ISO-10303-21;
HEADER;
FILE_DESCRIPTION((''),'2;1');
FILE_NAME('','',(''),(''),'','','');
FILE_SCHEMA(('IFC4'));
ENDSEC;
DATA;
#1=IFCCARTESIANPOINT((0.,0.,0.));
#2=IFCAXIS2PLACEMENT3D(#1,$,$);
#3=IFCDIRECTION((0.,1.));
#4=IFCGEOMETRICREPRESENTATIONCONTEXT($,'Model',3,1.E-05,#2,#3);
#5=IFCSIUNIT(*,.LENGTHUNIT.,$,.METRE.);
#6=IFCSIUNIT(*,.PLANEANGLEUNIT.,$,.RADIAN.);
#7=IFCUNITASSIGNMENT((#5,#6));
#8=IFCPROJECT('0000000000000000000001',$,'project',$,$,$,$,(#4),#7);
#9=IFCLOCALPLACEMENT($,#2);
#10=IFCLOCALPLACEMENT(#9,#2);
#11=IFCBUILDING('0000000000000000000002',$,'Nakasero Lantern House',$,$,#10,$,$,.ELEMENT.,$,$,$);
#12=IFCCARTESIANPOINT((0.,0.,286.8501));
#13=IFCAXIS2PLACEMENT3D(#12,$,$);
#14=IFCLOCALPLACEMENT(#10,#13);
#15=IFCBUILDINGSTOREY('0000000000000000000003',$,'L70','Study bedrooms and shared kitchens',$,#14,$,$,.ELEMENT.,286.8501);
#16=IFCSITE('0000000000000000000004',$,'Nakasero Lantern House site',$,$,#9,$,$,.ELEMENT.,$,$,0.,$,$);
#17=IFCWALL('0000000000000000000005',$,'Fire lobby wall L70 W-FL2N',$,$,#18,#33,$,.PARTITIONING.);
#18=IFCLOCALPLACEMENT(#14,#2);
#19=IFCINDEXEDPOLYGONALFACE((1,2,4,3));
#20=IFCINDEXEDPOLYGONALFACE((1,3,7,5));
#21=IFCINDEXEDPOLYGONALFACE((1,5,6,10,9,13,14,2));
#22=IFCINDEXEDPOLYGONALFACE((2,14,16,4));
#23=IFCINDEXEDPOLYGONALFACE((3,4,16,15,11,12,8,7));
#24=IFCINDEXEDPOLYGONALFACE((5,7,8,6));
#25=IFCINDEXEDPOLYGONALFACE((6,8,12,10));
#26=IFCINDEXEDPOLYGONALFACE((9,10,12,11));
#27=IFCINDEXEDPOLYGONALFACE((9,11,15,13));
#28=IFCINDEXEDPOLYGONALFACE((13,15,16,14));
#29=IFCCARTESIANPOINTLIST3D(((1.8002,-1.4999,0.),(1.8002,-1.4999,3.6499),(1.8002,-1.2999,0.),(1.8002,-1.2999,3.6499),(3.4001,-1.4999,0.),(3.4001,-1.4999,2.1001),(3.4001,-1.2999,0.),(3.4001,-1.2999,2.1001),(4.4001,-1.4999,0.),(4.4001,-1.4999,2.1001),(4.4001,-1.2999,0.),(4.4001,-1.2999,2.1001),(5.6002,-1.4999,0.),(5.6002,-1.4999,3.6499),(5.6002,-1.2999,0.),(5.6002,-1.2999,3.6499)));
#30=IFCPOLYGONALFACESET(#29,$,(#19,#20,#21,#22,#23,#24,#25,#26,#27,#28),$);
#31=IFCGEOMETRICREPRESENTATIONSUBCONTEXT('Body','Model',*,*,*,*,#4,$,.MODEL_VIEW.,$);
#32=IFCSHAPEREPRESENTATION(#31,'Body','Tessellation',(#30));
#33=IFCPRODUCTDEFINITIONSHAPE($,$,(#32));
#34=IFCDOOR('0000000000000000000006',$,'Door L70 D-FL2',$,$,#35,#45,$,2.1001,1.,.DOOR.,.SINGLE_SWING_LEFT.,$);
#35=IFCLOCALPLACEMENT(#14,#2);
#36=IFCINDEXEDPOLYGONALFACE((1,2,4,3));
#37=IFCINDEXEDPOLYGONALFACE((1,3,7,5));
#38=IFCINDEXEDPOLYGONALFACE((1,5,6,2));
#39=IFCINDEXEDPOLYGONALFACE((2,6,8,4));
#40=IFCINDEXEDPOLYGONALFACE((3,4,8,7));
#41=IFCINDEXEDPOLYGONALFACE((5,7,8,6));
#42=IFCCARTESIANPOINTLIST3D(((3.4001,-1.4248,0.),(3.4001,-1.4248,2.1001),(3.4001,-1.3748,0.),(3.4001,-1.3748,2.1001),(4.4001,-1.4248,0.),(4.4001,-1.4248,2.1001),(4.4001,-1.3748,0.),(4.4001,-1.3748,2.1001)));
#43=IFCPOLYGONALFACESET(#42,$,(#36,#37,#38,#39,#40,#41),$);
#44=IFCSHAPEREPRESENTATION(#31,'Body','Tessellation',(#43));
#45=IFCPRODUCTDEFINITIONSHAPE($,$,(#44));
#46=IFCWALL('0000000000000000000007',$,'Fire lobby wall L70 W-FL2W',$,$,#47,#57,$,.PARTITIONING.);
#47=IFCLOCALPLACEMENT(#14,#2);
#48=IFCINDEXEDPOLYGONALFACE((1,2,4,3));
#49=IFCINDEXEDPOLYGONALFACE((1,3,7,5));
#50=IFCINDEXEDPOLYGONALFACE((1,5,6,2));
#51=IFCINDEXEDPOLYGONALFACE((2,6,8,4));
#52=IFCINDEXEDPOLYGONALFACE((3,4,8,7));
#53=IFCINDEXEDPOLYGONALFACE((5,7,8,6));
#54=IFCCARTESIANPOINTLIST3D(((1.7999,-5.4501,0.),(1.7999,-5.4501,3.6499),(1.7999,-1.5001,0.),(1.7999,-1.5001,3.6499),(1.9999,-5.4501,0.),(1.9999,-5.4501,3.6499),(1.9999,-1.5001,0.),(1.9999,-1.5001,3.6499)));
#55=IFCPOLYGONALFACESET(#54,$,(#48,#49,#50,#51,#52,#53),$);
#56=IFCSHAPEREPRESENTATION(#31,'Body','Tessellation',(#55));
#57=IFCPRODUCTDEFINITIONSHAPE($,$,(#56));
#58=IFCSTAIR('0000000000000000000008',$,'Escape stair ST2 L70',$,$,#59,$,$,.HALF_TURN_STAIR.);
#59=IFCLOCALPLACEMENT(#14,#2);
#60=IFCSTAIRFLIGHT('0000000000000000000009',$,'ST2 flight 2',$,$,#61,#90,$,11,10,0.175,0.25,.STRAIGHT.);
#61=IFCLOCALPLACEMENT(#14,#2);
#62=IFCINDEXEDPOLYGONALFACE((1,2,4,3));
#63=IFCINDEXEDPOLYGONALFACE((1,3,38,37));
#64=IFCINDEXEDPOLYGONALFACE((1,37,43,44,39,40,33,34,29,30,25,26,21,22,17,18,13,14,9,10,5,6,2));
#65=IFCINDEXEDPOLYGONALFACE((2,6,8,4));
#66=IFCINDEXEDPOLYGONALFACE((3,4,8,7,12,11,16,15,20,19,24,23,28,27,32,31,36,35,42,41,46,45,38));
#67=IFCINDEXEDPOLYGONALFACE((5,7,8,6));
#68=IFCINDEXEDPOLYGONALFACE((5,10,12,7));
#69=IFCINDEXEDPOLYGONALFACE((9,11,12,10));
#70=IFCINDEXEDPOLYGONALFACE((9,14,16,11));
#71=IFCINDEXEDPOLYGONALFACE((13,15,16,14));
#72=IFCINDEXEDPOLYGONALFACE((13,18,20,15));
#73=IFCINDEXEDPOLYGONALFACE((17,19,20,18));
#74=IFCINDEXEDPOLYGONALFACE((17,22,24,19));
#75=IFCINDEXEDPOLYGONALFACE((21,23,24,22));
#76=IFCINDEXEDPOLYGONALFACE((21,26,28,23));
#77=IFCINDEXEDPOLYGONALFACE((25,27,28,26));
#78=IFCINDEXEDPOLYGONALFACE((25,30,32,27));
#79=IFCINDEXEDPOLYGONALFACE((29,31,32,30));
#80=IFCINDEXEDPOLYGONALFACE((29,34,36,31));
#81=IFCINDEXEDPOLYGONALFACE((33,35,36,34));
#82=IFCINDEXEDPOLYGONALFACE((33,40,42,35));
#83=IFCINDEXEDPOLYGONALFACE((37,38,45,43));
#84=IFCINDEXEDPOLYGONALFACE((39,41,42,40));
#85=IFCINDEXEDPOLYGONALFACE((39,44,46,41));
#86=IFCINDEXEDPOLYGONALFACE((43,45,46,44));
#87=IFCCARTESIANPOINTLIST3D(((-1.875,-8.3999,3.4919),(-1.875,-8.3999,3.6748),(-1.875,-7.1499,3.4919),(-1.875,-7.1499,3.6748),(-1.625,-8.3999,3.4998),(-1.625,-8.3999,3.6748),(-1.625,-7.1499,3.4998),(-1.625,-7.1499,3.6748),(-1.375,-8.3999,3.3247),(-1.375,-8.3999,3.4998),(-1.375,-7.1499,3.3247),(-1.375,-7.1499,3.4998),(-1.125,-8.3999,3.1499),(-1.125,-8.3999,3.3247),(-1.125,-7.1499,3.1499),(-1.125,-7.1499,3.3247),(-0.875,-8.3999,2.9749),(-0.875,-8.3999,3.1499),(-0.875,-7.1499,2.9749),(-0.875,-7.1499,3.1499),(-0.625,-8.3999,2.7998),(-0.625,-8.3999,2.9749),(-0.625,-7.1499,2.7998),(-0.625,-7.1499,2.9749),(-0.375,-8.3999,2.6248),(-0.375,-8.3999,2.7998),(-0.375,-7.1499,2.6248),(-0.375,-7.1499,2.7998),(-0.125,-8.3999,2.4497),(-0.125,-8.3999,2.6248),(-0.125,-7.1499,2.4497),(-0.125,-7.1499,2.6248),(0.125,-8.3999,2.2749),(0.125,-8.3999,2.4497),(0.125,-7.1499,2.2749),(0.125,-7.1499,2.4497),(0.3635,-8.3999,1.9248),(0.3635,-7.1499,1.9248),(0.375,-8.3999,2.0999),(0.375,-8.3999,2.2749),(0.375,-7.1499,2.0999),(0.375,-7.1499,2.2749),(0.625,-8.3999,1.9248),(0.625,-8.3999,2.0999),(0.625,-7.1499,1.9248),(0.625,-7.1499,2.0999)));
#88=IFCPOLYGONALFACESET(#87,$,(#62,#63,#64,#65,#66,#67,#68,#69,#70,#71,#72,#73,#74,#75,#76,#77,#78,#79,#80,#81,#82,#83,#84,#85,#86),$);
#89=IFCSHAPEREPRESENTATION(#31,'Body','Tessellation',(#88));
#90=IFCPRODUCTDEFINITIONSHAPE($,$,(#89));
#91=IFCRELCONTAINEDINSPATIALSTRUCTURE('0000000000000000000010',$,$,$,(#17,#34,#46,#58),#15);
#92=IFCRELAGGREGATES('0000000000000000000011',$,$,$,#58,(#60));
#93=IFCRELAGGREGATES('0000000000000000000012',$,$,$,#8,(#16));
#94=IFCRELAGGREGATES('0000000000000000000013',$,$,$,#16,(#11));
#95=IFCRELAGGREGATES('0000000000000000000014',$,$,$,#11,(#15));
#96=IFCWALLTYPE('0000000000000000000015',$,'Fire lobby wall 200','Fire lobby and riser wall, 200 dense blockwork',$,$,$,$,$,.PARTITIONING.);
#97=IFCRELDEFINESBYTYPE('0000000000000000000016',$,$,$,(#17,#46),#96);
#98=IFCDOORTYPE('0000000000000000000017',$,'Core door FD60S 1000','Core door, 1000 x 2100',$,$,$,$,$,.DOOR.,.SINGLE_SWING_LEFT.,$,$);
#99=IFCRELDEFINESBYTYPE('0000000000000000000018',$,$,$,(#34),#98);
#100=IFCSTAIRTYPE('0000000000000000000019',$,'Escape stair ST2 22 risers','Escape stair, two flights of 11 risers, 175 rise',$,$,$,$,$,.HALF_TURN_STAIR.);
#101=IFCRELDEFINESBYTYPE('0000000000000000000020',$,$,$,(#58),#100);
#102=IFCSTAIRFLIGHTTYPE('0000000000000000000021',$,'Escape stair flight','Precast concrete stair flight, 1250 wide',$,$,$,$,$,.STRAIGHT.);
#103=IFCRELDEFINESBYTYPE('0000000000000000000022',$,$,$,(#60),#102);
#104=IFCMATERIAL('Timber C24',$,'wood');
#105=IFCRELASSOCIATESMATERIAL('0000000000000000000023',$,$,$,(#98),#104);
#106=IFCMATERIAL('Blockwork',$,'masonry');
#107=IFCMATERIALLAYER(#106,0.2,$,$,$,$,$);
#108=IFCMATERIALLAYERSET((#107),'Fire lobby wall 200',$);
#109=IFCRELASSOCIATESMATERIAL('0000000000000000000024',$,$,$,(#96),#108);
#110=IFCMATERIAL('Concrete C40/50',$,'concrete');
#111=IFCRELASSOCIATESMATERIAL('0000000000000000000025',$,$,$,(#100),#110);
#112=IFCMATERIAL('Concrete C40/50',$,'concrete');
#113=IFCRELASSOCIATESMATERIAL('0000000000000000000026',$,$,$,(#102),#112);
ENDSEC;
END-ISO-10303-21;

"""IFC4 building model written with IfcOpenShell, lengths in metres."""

from ifc_helpers import new_model, si_unit, direction, frame, frame_2d, origin, place, context, subcontext, project, spatial, polyline, rectangle, outline, extrude, material, layer, layer_set, type_object, element, fill, aggregate, save


model = new_model("IFC4")

# Units and contexts
model_context = context("Model", 3, precision=1e-05, world=origin(), true_north=direction((0.0, 1.0)))
body_context = subcontext(model_context, "Body", "Model", "MODEL_VIEW")
ifc_project = project(units=[si_unit("LENGTHUNIT", "METRE"), si_unit("PLANEANGLEUNIT", "RADIAN")], contexts=[model_context])

# Site, building, storey
site_placement = place(None, origin())
site = spatial("IfcSite", under=ifc_project, at=site_placement, Name="Nakasero Lantern House site", CompositionType="ELEMENT", RefElevation=0.0)
building_placement = place(site_placement, origin())
building = spatial("IfcBuilding", under=site, at=building_placement, Name="Nakasero Lantern House", CompositionType="ELEMENT")
storey_placement = place(building_placement, frame((0.0, 0.0, 286.8501)))
storey = spatial("IfcBuildingStorey", under=building, at=storey_placement, Name="L70", Description="Study bedrooms and shared kitchens", CompositionType="ELEMENT", Elevation=286.8501)

# Shared definitions
ifc_material_1 = material(Name="Timber C24", Category="wood")
door_type_1 = type_object("IfcDoorType", Name="Core door FD60S 1000", Description="Core door, 1000 x 2100", OperationType="SINGLE_SWING_LEFT", PredefinedType="DOOR", material=ifc_material_1)

# Wall, opening, door
ifc_material_2 = material(Name="Blockwork", Category="masonry")
ifc_layer_1 = layer(ifc_material_2, 0.2)
ifc_layer_set_1 = layer_set([ifc_layer_1], Name="Fire lobby wall 200")
wall_type_1 = type_object("IfcWallType", Name="Fire lobby wall 200", Description="Fire lobby and riser wall, 200 dense blockwork", PredefinedType="PARTITIONING", material=ifc_layer_set_1)
wall_1_placement = place(storey_placement, frame((5.6001, -1.3999, 0.0), z_axis=(0.0, 0.0, 1.0), x_axis=(-1.0, 0.0, 0.0)))
wall_1 = element("IfcWall", 1, at=wall_1_placement, inside=storey, type_object=wall_type_1, Name="Fire lobby wall L70 W-FL2N", PredefinedType="PARTITIONING", context=body_context, shape_type="SweptSolid", body=[
    extrude(rectangle(XDim=3.8, YDim=0.2, at=frame_2d((1.8999, 0.0))), origin(), (0.0, 0.0, 1.0), 3.6499),
])
opening_1_placement = place(wall_1_placement, frame((1.2, 0.0, 0.0)))
opening_1 = element("IfcOpeningElement", 2, at=opening_1_placement, cuts=wall_1, PredefinedType="OPENING", context=body_context, shape_type="SweptSolid", body=[
    extrude(rectangle(XDim=1.0, YDim=2.1001, at=frame_2d((0.5, 1.05))), frame((0.0, 0.1199, 0.0), z_axis=(0.0, -1.0, 0.0), x_axis=(1.0, 0.0, 0.0)), (0.0, 0.0, 1.0), 0.24),
])
door_1_placement = place(opening_1_placement, origin())
door_1 = element("IfcDoor", 3, at=door_1_placement, inside=storey, type_object=door_type_1, Name="Door L70 D-FL2", OperationType="SINGLE_SWING_LEFT", OverallHeight=2.1001, OverallWidth=1.0, PredefinedType="DOOR", context=body_context, shape_type="SweptSolid", body=[
    extrude(rectangle(XDim=1.0, YDim=2.1001, at=frame_2d((0.5, 1.05))), frame((0.0, 0.0249, 0.0), z_axis=(0.0, -1.0, 0.0), x_axis=(1.0, 0.0, 0.0)), (0.0, 0.0, 1.0), 0.05),
])
fill(opening_1, door_1)

# Wall
wall_2_placement = place(storey_placement, frame((1.8999, -1.5, 0.0), z_axis=(0.0, 0.0, 1.0), x_axis=(0.0, -1.0, 0.0)))
element("IfcWall", 4, at=wall_2_placement, inside=storey, type_object=wall_type_1, Name="Fire lobby wall L70 W-FL2W", PredefinedType="PARTITIONING", context=body_context, shape_type="SweptSolid", body=[
    extrude(rectangle(XDim=3.95, YDim=0.2, at=frame_2d((1.9751, 0.0))), origin(), (0.0, 0.0, 1.0), 3.6499),
])

# Stair, stair flight
ifc_material_3 = material(Name="Concrete C40/50", Category="concrete")
stair_type_1 = type_object("IfcStairType", Name="Escape stair ST2 22 risers", Description="Escape stair, two flights of 11 risers, 175 rise", PredefinedType="HALF_TURN_STAIR", material=ifc_material_3)
stair_1_placement = place(storey_placement, origin())
stair_1 = element("IfcStair", 5, at=stair_1_placement, inside=storey, type_object=stair_type_1, Name="Escape stair ST2 L70", PredefinedType="HALF_TURN_STAIR")
ifc_material_4 = material(Name="Concrete C40/50", Category="concrete")
stair_flight_type = type_object("IfcStairFlightType", Name="Escape stair flight", Description="Precast concrete stair flight, 1250 wide", PredefinedType="STRAIGHT", material=ifc_material_4)
stair_flight_placement = place(storey_placement, frame((0.625, -7.7749, 1.9248), z_axis=(0.0, 0.0, 1.0), x_axis=(-1.0, 0.0, 0.0)))
stair_flight = element("IfcStairFlight", 6, at=stair_flight_placement, type_object=stair_flight_type, Name="ST2 flight 2", NumberOfRisers=11, NumberOfTreads=10, PredefinedType="STRAIGHT", RiserHeight=0.175, TreadLength=0.25, context=body_context, shape_type="SweptSolid", body=[
    extrude(outline(polyline([(0.0, 0.0), (0.0, 0.175), (0.25, 0.175), (0.25, 0.3501), (0.5, 0.3501), (0.5, 0.5249), (0.75, 0.5249), (0.75, 0.7), (1.0, 0.7), (1.0, 0.875), (1.25, 0.875), (1.25, 1.05), (1.5, 1.05), (1.5, 1.2251), (1.75, 1.2251), (1.75, 1.3999), (2.0, 1.3999), (2.0, 1.575), (2.25, 1.575), (2.25, 1.75), (2.5, 1.75), (2.5, 1.925), (2.5, 1.5671), (0.2615, 0.0), (0.0, 0.0)])), frame((0.0, 0.625, 0.0), z_axis=(0.0, -1.0, 0.0), x_axis=(1.0, 0.0, 0.0)), (0.0, 0.0, 1.0), 1.25),
])
aggregate(stair_1, [stair_flight])

save(model, "model.ifc")
